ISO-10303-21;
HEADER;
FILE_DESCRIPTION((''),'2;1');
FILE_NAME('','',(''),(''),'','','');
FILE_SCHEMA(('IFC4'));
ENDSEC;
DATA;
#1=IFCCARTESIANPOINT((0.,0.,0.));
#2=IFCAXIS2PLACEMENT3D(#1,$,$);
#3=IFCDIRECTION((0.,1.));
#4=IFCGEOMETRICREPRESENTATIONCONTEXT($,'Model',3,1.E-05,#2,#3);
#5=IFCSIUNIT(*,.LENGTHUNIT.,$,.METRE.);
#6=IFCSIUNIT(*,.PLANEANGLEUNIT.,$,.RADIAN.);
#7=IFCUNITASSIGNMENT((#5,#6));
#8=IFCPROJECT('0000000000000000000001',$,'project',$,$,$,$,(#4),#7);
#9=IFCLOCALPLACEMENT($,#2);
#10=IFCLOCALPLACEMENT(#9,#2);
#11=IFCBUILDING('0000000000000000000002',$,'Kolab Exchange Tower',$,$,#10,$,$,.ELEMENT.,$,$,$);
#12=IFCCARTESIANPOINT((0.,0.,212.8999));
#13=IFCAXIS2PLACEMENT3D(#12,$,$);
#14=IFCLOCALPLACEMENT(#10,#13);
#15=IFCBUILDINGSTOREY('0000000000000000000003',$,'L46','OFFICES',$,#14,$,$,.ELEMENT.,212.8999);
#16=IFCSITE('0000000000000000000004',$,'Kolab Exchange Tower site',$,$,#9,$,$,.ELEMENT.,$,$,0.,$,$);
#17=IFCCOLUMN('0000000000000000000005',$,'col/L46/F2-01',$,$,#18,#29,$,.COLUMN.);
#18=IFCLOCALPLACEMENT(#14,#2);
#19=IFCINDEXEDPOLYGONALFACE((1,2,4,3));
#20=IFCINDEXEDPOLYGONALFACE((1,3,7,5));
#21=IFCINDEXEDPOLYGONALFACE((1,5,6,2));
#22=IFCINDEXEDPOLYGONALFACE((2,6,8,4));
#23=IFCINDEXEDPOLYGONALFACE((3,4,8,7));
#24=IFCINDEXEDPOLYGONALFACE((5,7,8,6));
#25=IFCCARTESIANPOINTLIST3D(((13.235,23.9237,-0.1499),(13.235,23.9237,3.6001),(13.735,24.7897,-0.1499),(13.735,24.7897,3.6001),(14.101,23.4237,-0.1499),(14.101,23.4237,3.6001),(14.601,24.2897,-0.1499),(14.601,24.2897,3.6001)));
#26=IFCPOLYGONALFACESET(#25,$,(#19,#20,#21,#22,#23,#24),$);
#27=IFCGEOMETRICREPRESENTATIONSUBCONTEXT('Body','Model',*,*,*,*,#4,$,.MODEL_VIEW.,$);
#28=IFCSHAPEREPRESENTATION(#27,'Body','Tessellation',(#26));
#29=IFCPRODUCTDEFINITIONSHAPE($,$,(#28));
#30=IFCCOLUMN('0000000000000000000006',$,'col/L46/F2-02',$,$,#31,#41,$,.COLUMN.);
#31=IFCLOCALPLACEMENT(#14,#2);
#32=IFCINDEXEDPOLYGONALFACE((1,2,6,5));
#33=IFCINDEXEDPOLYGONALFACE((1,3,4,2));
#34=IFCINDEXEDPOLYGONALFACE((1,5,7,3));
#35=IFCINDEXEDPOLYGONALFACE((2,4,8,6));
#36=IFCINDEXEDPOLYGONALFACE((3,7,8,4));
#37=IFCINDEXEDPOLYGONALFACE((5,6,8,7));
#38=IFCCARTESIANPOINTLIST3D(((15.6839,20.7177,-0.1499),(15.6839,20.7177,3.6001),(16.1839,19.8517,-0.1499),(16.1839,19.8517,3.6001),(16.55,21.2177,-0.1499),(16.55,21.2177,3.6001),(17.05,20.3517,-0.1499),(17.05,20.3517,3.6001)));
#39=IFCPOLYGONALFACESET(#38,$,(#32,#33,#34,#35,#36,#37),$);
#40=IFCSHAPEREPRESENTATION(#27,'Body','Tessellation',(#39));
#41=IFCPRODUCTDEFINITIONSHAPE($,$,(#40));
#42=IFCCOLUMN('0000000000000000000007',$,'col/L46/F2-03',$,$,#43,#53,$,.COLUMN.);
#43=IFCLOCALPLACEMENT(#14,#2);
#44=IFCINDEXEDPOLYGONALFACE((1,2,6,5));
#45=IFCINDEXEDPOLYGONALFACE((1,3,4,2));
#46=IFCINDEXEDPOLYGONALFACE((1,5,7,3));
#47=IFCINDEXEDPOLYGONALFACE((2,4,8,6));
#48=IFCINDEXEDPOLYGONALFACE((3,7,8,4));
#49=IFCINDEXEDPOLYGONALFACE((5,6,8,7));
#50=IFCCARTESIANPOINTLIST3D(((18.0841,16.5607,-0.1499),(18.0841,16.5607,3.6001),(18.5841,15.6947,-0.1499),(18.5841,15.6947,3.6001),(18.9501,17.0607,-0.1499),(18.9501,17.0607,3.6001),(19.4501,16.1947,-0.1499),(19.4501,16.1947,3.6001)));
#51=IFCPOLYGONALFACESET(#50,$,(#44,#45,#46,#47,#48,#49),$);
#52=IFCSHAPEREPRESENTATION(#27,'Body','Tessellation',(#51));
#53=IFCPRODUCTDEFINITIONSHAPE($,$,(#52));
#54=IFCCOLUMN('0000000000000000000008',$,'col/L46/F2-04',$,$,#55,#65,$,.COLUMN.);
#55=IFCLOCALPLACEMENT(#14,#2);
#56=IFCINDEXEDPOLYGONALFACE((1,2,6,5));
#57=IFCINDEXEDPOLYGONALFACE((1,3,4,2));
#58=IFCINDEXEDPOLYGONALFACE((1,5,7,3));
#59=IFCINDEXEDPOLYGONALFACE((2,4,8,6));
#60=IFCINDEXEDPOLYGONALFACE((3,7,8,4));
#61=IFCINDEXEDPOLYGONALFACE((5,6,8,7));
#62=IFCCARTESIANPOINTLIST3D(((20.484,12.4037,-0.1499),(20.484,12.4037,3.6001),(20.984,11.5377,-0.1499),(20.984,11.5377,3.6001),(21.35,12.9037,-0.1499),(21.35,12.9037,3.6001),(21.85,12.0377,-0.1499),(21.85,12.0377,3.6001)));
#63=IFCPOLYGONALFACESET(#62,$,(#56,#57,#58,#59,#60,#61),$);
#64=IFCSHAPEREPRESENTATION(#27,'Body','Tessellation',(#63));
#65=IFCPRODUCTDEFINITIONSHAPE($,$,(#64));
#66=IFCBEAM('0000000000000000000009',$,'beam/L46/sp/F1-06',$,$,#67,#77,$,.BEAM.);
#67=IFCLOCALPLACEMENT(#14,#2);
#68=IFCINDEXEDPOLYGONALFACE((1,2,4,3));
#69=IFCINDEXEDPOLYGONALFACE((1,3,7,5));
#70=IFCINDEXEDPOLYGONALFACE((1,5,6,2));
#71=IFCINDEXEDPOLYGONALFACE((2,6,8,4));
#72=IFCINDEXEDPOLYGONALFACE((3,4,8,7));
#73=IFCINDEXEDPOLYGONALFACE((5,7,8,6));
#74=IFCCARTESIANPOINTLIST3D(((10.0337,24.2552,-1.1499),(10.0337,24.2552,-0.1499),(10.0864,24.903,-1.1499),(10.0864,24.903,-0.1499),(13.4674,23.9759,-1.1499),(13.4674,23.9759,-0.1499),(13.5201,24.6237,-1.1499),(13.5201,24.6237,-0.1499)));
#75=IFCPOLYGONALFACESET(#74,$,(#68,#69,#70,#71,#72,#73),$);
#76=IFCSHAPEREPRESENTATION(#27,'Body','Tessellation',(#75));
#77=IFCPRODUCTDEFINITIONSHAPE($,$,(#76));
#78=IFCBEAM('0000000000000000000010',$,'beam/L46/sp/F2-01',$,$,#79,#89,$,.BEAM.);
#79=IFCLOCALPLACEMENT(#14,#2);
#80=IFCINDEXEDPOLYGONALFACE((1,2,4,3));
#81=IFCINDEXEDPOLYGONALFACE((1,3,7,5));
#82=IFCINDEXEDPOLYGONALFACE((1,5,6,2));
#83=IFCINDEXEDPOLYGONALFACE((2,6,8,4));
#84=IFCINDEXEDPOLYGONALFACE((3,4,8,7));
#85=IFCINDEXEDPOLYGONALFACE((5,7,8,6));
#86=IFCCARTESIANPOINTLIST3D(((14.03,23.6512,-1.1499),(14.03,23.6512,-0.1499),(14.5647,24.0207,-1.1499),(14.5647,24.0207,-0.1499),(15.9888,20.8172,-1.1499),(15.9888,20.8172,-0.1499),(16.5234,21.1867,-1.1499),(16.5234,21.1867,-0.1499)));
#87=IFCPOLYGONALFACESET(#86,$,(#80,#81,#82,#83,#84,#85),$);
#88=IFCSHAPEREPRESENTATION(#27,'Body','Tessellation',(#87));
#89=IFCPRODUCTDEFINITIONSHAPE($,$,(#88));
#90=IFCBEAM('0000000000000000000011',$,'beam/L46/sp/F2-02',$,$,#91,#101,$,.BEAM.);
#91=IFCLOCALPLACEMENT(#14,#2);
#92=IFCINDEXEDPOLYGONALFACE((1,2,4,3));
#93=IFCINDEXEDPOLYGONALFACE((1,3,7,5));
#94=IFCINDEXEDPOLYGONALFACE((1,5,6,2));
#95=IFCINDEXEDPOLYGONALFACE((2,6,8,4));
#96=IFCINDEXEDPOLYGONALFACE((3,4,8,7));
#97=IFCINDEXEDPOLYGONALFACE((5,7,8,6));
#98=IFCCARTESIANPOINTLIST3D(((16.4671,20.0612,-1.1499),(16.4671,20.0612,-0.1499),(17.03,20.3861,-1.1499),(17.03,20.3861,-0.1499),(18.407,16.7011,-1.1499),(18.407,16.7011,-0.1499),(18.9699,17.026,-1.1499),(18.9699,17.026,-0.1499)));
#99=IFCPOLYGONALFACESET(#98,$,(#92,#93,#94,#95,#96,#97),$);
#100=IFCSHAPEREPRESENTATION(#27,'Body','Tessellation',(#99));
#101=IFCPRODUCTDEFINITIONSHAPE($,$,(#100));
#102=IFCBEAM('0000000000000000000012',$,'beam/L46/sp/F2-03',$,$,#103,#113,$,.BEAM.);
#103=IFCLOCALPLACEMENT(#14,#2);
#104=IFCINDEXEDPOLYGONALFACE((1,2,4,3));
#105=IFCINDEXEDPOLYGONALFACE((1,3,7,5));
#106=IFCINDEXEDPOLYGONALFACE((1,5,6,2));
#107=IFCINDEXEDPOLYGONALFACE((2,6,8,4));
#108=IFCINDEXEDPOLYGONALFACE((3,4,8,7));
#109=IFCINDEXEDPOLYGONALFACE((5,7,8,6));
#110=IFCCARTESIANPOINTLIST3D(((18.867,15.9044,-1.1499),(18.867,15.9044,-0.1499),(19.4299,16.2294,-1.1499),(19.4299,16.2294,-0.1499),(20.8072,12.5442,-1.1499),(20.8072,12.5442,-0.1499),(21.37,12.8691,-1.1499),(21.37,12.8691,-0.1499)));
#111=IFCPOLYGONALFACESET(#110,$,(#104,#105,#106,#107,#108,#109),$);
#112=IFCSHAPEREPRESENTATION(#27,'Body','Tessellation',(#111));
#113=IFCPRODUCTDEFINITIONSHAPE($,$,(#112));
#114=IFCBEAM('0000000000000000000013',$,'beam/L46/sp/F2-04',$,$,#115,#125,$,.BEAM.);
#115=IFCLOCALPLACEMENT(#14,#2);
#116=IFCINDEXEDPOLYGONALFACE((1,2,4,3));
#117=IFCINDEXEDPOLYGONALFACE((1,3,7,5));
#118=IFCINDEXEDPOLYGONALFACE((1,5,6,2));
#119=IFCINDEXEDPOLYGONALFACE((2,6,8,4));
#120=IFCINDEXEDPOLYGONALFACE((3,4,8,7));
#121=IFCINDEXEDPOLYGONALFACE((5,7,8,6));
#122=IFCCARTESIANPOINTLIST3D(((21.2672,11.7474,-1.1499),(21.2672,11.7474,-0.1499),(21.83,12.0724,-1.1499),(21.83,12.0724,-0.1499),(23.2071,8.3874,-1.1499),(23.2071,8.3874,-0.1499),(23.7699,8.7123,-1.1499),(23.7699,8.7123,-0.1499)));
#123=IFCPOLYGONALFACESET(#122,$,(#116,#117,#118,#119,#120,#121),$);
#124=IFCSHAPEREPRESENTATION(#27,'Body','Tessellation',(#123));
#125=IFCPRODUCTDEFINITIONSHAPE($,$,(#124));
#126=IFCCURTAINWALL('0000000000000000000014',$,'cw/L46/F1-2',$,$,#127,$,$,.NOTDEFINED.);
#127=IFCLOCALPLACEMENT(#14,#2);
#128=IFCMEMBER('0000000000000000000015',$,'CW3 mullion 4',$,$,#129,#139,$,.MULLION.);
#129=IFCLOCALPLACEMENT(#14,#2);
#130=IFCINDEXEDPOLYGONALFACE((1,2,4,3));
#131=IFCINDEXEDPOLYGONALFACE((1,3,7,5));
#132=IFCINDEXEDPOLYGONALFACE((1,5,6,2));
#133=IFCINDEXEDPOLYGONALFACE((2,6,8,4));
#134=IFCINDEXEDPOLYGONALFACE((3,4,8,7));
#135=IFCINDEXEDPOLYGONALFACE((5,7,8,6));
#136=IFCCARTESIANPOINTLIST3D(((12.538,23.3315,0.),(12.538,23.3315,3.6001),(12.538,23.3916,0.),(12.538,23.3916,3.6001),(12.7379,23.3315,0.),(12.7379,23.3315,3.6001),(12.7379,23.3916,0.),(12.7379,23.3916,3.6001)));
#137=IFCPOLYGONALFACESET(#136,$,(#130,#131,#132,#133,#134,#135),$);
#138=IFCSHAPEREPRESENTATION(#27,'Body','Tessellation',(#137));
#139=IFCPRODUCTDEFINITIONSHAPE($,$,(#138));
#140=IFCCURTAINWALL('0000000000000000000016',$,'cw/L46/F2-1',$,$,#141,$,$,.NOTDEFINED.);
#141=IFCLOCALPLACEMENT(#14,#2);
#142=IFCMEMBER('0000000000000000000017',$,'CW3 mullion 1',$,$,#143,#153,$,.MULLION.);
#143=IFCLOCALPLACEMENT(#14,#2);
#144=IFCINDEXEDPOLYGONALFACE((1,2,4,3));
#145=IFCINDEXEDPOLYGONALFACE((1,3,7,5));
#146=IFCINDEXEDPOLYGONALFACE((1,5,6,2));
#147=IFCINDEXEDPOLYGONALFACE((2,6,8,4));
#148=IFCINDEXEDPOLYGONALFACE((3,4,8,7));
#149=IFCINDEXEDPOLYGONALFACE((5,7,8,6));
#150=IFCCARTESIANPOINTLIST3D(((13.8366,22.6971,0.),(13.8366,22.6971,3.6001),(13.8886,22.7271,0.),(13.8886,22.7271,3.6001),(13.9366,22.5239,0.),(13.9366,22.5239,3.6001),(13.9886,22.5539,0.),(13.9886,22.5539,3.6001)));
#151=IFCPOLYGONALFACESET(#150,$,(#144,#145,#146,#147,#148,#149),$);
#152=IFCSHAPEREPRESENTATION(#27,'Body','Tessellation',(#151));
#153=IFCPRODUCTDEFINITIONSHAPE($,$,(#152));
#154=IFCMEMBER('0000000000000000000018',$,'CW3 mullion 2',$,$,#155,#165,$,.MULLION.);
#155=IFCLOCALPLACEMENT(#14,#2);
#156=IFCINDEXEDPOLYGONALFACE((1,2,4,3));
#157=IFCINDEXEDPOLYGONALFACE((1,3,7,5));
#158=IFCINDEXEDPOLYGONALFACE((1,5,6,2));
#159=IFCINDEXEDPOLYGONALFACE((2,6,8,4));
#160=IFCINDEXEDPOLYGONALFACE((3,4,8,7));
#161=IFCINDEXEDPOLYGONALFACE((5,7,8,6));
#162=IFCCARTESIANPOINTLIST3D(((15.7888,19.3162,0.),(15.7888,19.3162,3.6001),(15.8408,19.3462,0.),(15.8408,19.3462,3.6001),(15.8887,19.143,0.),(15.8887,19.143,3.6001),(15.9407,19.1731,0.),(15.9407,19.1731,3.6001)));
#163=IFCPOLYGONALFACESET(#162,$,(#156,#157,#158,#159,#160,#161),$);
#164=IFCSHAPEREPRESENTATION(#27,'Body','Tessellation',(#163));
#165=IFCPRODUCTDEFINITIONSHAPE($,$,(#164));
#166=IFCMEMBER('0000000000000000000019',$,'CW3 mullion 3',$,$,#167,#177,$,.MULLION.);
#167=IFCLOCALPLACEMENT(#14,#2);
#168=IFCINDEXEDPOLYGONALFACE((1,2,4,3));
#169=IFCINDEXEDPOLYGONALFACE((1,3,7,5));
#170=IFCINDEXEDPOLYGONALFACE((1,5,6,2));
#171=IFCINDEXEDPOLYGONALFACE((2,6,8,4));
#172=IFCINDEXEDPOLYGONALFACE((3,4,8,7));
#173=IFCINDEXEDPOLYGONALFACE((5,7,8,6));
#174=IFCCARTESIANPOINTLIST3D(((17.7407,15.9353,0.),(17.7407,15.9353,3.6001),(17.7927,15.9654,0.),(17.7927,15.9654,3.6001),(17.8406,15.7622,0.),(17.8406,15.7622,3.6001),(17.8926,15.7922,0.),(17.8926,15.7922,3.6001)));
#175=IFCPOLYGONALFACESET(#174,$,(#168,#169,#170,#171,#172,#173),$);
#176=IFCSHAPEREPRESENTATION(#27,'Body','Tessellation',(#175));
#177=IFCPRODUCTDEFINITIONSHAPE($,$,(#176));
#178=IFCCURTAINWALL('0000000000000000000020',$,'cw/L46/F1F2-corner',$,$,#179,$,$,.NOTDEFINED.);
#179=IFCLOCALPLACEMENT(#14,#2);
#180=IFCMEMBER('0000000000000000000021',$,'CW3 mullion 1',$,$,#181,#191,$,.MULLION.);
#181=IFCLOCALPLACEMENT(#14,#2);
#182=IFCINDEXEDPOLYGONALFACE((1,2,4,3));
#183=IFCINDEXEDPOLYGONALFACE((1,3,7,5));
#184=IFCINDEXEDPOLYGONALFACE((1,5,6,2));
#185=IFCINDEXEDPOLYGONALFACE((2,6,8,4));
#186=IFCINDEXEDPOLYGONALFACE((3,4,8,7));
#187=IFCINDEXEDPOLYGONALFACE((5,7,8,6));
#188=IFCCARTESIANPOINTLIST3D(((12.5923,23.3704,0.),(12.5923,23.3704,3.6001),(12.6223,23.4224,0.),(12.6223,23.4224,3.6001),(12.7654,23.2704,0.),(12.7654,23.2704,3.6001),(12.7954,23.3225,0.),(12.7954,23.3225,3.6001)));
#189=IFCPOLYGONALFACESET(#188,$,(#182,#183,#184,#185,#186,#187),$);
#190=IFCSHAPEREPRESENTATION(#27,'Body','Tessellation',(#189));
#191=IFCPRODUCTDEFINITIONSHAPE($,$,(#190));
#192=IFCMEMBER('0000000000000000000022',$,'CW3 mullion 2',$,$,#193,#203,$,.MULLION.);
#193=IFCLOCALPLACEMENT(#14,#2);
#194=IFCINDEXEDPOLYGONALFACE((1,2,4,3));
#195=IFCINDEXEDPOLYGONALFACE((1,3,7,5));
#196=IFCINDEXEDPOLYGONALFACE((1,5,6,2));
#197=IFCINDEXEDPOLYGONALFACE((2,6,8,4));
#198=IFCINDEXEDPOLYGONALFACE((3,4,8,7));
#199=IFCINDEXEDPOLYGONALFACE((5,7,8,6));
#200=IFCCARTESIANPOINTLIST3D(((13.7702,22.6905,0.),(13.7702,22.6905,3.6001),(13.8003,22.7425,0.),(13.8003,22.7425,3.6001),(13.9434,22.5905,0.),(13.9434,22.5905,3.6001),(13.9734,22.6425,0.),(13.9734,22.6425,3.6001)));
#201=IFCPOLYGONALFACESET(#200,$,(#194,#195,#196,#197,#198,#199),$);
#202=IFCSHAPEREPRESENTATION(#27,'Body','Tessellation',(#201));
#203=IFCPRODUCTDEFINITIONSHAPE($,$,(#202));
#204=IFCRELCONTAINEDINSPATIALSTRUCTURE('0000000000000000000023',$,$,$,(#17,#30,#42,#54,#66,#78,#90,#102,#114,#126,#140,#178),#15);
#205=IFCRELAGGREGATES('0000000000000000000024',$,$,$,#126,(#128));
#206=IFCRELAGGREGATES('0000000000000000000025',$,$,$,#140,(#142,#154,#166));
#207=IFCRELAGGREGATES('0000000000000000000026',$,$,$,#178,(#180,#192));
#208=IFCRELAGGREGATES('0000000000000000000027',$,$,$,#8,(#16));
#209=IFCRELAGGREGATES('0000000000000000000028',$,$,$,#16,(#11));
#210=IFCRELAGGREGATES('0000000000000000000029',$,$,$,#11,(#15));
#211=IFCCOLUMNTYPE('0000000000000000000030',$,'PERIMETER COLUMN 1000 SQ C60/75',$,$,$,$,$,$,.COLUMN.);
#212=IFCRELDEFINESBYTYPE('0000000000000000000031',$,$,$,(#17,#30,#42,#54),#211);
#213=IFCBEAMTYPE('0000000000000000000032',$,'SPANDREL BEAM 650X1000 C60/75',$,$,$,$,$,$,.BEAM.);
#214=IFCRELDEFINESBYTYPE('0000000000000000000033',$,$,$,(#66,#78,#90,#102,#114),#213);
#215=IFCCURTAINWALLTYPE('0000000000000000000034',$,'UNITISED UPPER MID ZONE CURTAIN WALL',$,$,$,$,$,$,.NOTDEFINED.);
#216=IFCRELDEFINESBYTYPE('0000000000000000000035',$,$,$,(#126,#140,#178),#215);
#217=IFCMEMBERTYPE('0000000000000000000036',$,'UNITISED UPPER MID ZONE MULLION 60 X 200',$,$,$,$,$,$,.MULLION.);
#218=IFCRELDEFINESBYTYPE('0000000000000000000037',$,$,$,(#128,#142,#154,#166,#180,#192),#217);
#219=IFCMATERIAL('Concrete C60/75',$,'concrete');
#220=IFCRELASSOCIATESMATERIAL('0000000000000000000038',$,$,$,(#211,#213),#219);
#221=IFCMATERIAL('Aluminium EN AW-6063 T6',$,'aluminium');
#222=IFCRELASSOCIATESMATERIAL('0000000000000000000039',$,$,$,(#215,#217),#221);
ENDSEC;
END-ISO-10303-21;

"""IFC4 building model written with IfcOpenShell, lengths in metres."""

from ifc_helpers import new_model, si_unit, direction, frame, origin, origin_2d, place, context, subcontext, project, spatial, rectangle, extrude, material, material_profile, profile_set, type_object, element, aggregate, save


model = new_model("IFC4")

# Units and contexts
model_context = context("Model", 3, precision=1e-05, world=origin(), true_north=direction((0.0, 1.0)))
body_context = subcontext(model_context, "Body", "Model", "MODEL_VIEW")
ifc_project = project(units=[si_unit("LENGTHUNIT", "METRE"), si_unit("PLANEANGLEUNIT", "RADIAN")], contexts=[model_context])

# Site, building, storey
site_placement = place(None, origin())
site = spatial("IfcSite", under=ifc_project, at=site_placement, Name="Kolab Exchange Tower site", CompositionType="ELEMENT", RefElevation=0.0)
building_placement = place(site_placement, origin())
building = spatial("IfcBuilding", under=site, at=building_placement, Name="Kolab Exchange Tower", CompositionType="ELEMENT")
storey_placement = place(building_placement, frame((0.0, 0.0, 212.8999)))
storey = spatial("IfcBuildingStorey", under=building, at=storey_placement, Name="L46", Description="OFFICES", CompositionType="ELEMENT", Elevation=212.8999)

# Columns
ifc_material_1 = material(Name="Concrete C60/75", Category="concrete")
ifc_material_profile_1 = material_profile(ifc_material_1, rectangle(XDim=1.0, YDim=1.0, at=origin_2d()), Name="RC1000")
ifc_profile_set_1 = profile_set([ifc_material_profile_1], Name="Concrete C60/75")
column_type = type_object("IfcColumnType", Name="PERIMETER COLUMN 1000 SQ C60/75", PredefinedType="COLUMN", material=ifc_profile_set_1)
for number, where, z_axis, x_axis, name in (
    (1, (13.918, 24.1067, -0.1499), (0.0, 0.0, 1.0), (0.5, 0.866025, 0.0), "col/L46/F2-01"),
    (2, (16.3669, 20.5347, -0.1499), (0.0, 0.0, 1.0), (0.866025, 0.5, 0.0), "col/L46/F2-02"),
    (3, (18.7671, 16.3777, -0.1499), (0.0, 0.0, 1.0), (0.866025, 0.5, 0.0), "col/L46/F2-03"),
    (4, (21.167, 12.2207, -0.1499), (0.0, 0.0, 1.0), (0.866025, 0.5, 0.0), "col/L46/F2-04"),
):
    element("IfcColumn", number, at=place(storey_placement, frame(where, z_axis=z_axis, x_axis=x_axis)), inside=storey, type_object=column_type, Name=name, PredefinedType="COLUMN", context=body_context, shape_type="SweptSolid", body=[
        extrude(rectangle(XDim=1.0, YDim=1.0, at=origin_2d()), origin(), (0.0, 0.0, 1.0), 3.75),
    ])

# Beams
ifc_material_profile_2 = material_profile(ifc_material_1, rectangle(XDim=0.6499, YDim=1.0, at=origin_2d()), Name="RC650X1000")
ifc_profile_set_2 = profile_set([ifc_material_profile_2], Name="Concrete C60/75")
beam_type = type_object("IfcBeamType", Name="SPANDREL BEAM 650X1000 C60/75", PredefinedType="BEAM", material=ifc_profile_set_2)
for number, where, z_axis, x_axis, name in (
    (5, (10.0601, 24.5791, -0.6499), (0.996708, -0.081069, 0.0), (0.081069, 0.996708, 0.0), "beam/L46/sp/F1-06"),
    (6, (14.2974, 23.8359, -0.6499), (0.568572, -0.822633, 0.0), (0.822633, 0.568572, 0.0), "beam/L46/sp/F2-01"),
):
    element("IfcBeam", number, at=place(storey_placement, frame(where, z_axis=z_axis, x_axis=x_axis)), inside=storey, type_object=beam_type, Name=name, PredefinedType="BEAM", context=body_context, shape_type="SweptSolid", body=[
        extrude(rectangle(XDim=0.6499, YDim=1.0, at=origin_2d()), origin(), (0.0, 0.0, 1.0), 3.4451),
    ])
beam_1_placement = place(storey_placement, frame((16.7485, 20.2236, -0.6499), z_axis=(0.499997, -0.866027, 0.0), x_axis=(0.866027, 0.499997, 0.0)))
element("IfcBeam", 7, at=beam_1_placement, inside=storey, type_object=beam_type, Name="beam/L46/sp/F2-02", PredefinedType="BEAM", context=body_context, shape_type="SweptSolid", body=[
    extrude(rectangle(XDim=0.6499, YDim=1.0, at=origin_2d()), origin(), (0.0, 0.0, 1.0), 3.8799),
])
beam_2_placement = place(storey_placement, frame((19.1484, 16.0669, -0.6499), z_axis=(0.500017, -0.866016, 0.0), x_axis=(0.866016, 0.500017, 0.0)))
element("IfcBeam", 8, at=beam_2_placement, inside=storey, type_object=beam_type, Name="beam/L46/sp/F2-03", PredefinedType="BEAM", context=body_context, shape_type="SweptSolid", body=[
    extrude(rectangle(XDim=0.6499, YDim=1.0, at=origin_2d()), origin(), (0.0, 0.0, 1.0), 3.8801),
])
beam_3_placement = place(storey_placement, frame((21.5486, 11.9099, -0.6499), z_axis=(0.499997, -0.866027, 0.0), x_axis=(0.866027, 0.499997, 0.0)))
element("IfcBeam", 9, at=beam_3_placement, inside=storey, type_object=beam_type, Name="beam/L46/sp/F2-04", PredefinedType="BEAM", context=body_context, shape_type="SweptSolid", body=[
    extrude(rectangle(XDim=0.6499, YDim=1.0, at=origin_2d()), origin(), (0.0, 0.0, 1.0), 3.8799),
])

# Curtain wall, member
ifc_material_2 = material(Name="Aluminium EN AW-6063 T6", Category="aluminium")
curtain_wall_type = type_object("IfcCurtainWallType", Name="UNITISED UPPER MID ZONE CURTAIN WALL", PredefinedType="NOTDEFINED", material=ifc_material_2)
curtain_wall_1_placement = place(storey_placement, origin())
curtain_wall_1 = element("IfcCurtainWall", 10, at=curtain_wall_1_placement, inside=storey, type_object=curtain_wall_type, Name="cw/L46/F1-2", PredefinedType="NOTDEFINED")
ifc_material_profile_3 = material_profile(ifc_material_2, rectangle(XDim=0.0601, YDim=0.2, at=origin_2d()), Name="RECT 60X200")
ifc_profile_set_3 = profile_set([ifc_material_profile_3], Name="Aluminium EN AW-6063 T6")
member_type_1 = type_object("IfcMemberType", Name="UNITISED UPPER MID ZONE MULLION 60 X 200", PredefinedType="MULLION", material=ifc_profile_set_3)
member_1_placement = place(storey_placement, frame((12.6379, 23.3616, 0.0), z_axis=(0.0, 0.0, 1.0), x_axis=(0.0, 1.0, 0.0)))
member_1 = element("IfcMember", 11, at=member_1_placement, type_object=member_type_1, Name="CW3 mullion 4", PredefinedType="MULLION", context=body_context, shape_type="SweptSolid", body=[
    extrude(rectangle(XDim=0.0601, YDim=0.2, at=origin_2d()), origin(), (0.0, 0.0, 1.0), 3.6001),
])

# Curtain walls, members
curtain_wall_2_placement = place(storey_placement, origin())
curtain_wall_2 = element("IfcCurtainWall", 12, at=curtain_wall_2_placement, inside=storey, type_object=curtain_wall_type, Name="cw/L46/F2-1", PredefinedType="NOTDEFINED")
member_2_placement = place(storey_placement, frame((13.9126, 22.6255, 0.0), z_axis=(0.0, 0.0, 1.0), x_axis=(0.866025, 0.5, 0.0)))
member_2 = element("IfcMember", 13, at=member_2_placement, type_object=member_type_1, Name="CW3 mullion 1", PredefinedType="MULLION", context=body_context, shape_type="SweptSolid", body=[
    extrude(rectangle(XDim=0.0601, YDim=0.2, at=origin_2d()), origin(), (0.0, 0.0, 1.0), 3.6001),
])
member_3_placement = place(storey_placement, frame((15.8647, 19.2446, 0.0), z_axis=(0.0, 0.0, 1.0), x_axis=(0.866025, 0.5, 0.0)))
member_3 = element("IfcMember", 14, at=member_3_placement, type_object=member_type_1, Name="CW3 mullion 2", PredefinedType="MULLION", context=body_context, shape_type="SweptSolid", body=[
    extrude(rectangle(XDim=0.0601, YDim=0.2, at=origin_2d()), origin(), (0.0, 0.0, 1.0), 3.6001),
])
member_4_placement = place(storey_placement, frame((17.8167, 15.8638, 0.0), z_axis=(0.0, 0.0, 1.0), x_axis=(0.866025, 0.5, 0.0)))
member_4 = element("IfcMember", 15, at=member_4_placement, type_object=member_type_1, Name="CW3 mullion 3", PredefinedType="MULLION", context=body_context, shape_type="SweptSolid", body=[
    extrude(rectangle(XDim=0.0601, YDim=0.2, at=origin_2d()), origin(), (0.0, 0.0, 1.0), 3.6001),
])
curtain_wall_3_placement = place(storey_placement, origin())
curtain_wall_3 = element("IfcCurtainWall", 16, at=curtain_wall_3_placement, inside=storey, type_object=curtain_wall_type, Name="cw/L46/F1F2-corner", PredefinedType="NOTDEFINED")
member_5_placement = place(storey_placement, frame((12.6938, 23.3464, 0.0), z_axis=(0.0, 0.0, 1.0), x_axis=(0.5, 0.866025, 0.0)))
member_5 = element("IfcMember", 17, at=member_5_placement, type_object=member_type_1, Name="CW3 mullion 1", PredefinedType="MULLION", context=body_context, shape_type="SweptSolid", body=[
    extrude(rectangle(XDim=0.0601, YDim=0.2, at=origin_2d()), origin(), (0.0, 0.0, 1.0), 3.6001),
])
member_6_placement = place(storey_placement, frame((13.8718, 22.6665, 0.0), z_axis=(0.0, 0.0, 1.0), x_axis=(0.5, 0.866025, 0.0)))
member_6 = element("IfcMember", 18, at=member_6_placement, type_object=member_type_1, Name="CW3 mullion 2", PredefinedType="MULLION", context=body_context, shape_type="SweptSolid", body=[
    extrude(rectangle(XDim=0.0601, YDim=0.2, at=origin_2d()), origin(), (0.0, 0.0, 1.0), 3.6001),
])

aggregate(curtain_wall_1, [member_1])
aggregate(curtain_wall_2, [member_2, member_3, member_4])
aggregate(curtain_wall_3, [member_5, member_6])

save(model, "model.ifc")
